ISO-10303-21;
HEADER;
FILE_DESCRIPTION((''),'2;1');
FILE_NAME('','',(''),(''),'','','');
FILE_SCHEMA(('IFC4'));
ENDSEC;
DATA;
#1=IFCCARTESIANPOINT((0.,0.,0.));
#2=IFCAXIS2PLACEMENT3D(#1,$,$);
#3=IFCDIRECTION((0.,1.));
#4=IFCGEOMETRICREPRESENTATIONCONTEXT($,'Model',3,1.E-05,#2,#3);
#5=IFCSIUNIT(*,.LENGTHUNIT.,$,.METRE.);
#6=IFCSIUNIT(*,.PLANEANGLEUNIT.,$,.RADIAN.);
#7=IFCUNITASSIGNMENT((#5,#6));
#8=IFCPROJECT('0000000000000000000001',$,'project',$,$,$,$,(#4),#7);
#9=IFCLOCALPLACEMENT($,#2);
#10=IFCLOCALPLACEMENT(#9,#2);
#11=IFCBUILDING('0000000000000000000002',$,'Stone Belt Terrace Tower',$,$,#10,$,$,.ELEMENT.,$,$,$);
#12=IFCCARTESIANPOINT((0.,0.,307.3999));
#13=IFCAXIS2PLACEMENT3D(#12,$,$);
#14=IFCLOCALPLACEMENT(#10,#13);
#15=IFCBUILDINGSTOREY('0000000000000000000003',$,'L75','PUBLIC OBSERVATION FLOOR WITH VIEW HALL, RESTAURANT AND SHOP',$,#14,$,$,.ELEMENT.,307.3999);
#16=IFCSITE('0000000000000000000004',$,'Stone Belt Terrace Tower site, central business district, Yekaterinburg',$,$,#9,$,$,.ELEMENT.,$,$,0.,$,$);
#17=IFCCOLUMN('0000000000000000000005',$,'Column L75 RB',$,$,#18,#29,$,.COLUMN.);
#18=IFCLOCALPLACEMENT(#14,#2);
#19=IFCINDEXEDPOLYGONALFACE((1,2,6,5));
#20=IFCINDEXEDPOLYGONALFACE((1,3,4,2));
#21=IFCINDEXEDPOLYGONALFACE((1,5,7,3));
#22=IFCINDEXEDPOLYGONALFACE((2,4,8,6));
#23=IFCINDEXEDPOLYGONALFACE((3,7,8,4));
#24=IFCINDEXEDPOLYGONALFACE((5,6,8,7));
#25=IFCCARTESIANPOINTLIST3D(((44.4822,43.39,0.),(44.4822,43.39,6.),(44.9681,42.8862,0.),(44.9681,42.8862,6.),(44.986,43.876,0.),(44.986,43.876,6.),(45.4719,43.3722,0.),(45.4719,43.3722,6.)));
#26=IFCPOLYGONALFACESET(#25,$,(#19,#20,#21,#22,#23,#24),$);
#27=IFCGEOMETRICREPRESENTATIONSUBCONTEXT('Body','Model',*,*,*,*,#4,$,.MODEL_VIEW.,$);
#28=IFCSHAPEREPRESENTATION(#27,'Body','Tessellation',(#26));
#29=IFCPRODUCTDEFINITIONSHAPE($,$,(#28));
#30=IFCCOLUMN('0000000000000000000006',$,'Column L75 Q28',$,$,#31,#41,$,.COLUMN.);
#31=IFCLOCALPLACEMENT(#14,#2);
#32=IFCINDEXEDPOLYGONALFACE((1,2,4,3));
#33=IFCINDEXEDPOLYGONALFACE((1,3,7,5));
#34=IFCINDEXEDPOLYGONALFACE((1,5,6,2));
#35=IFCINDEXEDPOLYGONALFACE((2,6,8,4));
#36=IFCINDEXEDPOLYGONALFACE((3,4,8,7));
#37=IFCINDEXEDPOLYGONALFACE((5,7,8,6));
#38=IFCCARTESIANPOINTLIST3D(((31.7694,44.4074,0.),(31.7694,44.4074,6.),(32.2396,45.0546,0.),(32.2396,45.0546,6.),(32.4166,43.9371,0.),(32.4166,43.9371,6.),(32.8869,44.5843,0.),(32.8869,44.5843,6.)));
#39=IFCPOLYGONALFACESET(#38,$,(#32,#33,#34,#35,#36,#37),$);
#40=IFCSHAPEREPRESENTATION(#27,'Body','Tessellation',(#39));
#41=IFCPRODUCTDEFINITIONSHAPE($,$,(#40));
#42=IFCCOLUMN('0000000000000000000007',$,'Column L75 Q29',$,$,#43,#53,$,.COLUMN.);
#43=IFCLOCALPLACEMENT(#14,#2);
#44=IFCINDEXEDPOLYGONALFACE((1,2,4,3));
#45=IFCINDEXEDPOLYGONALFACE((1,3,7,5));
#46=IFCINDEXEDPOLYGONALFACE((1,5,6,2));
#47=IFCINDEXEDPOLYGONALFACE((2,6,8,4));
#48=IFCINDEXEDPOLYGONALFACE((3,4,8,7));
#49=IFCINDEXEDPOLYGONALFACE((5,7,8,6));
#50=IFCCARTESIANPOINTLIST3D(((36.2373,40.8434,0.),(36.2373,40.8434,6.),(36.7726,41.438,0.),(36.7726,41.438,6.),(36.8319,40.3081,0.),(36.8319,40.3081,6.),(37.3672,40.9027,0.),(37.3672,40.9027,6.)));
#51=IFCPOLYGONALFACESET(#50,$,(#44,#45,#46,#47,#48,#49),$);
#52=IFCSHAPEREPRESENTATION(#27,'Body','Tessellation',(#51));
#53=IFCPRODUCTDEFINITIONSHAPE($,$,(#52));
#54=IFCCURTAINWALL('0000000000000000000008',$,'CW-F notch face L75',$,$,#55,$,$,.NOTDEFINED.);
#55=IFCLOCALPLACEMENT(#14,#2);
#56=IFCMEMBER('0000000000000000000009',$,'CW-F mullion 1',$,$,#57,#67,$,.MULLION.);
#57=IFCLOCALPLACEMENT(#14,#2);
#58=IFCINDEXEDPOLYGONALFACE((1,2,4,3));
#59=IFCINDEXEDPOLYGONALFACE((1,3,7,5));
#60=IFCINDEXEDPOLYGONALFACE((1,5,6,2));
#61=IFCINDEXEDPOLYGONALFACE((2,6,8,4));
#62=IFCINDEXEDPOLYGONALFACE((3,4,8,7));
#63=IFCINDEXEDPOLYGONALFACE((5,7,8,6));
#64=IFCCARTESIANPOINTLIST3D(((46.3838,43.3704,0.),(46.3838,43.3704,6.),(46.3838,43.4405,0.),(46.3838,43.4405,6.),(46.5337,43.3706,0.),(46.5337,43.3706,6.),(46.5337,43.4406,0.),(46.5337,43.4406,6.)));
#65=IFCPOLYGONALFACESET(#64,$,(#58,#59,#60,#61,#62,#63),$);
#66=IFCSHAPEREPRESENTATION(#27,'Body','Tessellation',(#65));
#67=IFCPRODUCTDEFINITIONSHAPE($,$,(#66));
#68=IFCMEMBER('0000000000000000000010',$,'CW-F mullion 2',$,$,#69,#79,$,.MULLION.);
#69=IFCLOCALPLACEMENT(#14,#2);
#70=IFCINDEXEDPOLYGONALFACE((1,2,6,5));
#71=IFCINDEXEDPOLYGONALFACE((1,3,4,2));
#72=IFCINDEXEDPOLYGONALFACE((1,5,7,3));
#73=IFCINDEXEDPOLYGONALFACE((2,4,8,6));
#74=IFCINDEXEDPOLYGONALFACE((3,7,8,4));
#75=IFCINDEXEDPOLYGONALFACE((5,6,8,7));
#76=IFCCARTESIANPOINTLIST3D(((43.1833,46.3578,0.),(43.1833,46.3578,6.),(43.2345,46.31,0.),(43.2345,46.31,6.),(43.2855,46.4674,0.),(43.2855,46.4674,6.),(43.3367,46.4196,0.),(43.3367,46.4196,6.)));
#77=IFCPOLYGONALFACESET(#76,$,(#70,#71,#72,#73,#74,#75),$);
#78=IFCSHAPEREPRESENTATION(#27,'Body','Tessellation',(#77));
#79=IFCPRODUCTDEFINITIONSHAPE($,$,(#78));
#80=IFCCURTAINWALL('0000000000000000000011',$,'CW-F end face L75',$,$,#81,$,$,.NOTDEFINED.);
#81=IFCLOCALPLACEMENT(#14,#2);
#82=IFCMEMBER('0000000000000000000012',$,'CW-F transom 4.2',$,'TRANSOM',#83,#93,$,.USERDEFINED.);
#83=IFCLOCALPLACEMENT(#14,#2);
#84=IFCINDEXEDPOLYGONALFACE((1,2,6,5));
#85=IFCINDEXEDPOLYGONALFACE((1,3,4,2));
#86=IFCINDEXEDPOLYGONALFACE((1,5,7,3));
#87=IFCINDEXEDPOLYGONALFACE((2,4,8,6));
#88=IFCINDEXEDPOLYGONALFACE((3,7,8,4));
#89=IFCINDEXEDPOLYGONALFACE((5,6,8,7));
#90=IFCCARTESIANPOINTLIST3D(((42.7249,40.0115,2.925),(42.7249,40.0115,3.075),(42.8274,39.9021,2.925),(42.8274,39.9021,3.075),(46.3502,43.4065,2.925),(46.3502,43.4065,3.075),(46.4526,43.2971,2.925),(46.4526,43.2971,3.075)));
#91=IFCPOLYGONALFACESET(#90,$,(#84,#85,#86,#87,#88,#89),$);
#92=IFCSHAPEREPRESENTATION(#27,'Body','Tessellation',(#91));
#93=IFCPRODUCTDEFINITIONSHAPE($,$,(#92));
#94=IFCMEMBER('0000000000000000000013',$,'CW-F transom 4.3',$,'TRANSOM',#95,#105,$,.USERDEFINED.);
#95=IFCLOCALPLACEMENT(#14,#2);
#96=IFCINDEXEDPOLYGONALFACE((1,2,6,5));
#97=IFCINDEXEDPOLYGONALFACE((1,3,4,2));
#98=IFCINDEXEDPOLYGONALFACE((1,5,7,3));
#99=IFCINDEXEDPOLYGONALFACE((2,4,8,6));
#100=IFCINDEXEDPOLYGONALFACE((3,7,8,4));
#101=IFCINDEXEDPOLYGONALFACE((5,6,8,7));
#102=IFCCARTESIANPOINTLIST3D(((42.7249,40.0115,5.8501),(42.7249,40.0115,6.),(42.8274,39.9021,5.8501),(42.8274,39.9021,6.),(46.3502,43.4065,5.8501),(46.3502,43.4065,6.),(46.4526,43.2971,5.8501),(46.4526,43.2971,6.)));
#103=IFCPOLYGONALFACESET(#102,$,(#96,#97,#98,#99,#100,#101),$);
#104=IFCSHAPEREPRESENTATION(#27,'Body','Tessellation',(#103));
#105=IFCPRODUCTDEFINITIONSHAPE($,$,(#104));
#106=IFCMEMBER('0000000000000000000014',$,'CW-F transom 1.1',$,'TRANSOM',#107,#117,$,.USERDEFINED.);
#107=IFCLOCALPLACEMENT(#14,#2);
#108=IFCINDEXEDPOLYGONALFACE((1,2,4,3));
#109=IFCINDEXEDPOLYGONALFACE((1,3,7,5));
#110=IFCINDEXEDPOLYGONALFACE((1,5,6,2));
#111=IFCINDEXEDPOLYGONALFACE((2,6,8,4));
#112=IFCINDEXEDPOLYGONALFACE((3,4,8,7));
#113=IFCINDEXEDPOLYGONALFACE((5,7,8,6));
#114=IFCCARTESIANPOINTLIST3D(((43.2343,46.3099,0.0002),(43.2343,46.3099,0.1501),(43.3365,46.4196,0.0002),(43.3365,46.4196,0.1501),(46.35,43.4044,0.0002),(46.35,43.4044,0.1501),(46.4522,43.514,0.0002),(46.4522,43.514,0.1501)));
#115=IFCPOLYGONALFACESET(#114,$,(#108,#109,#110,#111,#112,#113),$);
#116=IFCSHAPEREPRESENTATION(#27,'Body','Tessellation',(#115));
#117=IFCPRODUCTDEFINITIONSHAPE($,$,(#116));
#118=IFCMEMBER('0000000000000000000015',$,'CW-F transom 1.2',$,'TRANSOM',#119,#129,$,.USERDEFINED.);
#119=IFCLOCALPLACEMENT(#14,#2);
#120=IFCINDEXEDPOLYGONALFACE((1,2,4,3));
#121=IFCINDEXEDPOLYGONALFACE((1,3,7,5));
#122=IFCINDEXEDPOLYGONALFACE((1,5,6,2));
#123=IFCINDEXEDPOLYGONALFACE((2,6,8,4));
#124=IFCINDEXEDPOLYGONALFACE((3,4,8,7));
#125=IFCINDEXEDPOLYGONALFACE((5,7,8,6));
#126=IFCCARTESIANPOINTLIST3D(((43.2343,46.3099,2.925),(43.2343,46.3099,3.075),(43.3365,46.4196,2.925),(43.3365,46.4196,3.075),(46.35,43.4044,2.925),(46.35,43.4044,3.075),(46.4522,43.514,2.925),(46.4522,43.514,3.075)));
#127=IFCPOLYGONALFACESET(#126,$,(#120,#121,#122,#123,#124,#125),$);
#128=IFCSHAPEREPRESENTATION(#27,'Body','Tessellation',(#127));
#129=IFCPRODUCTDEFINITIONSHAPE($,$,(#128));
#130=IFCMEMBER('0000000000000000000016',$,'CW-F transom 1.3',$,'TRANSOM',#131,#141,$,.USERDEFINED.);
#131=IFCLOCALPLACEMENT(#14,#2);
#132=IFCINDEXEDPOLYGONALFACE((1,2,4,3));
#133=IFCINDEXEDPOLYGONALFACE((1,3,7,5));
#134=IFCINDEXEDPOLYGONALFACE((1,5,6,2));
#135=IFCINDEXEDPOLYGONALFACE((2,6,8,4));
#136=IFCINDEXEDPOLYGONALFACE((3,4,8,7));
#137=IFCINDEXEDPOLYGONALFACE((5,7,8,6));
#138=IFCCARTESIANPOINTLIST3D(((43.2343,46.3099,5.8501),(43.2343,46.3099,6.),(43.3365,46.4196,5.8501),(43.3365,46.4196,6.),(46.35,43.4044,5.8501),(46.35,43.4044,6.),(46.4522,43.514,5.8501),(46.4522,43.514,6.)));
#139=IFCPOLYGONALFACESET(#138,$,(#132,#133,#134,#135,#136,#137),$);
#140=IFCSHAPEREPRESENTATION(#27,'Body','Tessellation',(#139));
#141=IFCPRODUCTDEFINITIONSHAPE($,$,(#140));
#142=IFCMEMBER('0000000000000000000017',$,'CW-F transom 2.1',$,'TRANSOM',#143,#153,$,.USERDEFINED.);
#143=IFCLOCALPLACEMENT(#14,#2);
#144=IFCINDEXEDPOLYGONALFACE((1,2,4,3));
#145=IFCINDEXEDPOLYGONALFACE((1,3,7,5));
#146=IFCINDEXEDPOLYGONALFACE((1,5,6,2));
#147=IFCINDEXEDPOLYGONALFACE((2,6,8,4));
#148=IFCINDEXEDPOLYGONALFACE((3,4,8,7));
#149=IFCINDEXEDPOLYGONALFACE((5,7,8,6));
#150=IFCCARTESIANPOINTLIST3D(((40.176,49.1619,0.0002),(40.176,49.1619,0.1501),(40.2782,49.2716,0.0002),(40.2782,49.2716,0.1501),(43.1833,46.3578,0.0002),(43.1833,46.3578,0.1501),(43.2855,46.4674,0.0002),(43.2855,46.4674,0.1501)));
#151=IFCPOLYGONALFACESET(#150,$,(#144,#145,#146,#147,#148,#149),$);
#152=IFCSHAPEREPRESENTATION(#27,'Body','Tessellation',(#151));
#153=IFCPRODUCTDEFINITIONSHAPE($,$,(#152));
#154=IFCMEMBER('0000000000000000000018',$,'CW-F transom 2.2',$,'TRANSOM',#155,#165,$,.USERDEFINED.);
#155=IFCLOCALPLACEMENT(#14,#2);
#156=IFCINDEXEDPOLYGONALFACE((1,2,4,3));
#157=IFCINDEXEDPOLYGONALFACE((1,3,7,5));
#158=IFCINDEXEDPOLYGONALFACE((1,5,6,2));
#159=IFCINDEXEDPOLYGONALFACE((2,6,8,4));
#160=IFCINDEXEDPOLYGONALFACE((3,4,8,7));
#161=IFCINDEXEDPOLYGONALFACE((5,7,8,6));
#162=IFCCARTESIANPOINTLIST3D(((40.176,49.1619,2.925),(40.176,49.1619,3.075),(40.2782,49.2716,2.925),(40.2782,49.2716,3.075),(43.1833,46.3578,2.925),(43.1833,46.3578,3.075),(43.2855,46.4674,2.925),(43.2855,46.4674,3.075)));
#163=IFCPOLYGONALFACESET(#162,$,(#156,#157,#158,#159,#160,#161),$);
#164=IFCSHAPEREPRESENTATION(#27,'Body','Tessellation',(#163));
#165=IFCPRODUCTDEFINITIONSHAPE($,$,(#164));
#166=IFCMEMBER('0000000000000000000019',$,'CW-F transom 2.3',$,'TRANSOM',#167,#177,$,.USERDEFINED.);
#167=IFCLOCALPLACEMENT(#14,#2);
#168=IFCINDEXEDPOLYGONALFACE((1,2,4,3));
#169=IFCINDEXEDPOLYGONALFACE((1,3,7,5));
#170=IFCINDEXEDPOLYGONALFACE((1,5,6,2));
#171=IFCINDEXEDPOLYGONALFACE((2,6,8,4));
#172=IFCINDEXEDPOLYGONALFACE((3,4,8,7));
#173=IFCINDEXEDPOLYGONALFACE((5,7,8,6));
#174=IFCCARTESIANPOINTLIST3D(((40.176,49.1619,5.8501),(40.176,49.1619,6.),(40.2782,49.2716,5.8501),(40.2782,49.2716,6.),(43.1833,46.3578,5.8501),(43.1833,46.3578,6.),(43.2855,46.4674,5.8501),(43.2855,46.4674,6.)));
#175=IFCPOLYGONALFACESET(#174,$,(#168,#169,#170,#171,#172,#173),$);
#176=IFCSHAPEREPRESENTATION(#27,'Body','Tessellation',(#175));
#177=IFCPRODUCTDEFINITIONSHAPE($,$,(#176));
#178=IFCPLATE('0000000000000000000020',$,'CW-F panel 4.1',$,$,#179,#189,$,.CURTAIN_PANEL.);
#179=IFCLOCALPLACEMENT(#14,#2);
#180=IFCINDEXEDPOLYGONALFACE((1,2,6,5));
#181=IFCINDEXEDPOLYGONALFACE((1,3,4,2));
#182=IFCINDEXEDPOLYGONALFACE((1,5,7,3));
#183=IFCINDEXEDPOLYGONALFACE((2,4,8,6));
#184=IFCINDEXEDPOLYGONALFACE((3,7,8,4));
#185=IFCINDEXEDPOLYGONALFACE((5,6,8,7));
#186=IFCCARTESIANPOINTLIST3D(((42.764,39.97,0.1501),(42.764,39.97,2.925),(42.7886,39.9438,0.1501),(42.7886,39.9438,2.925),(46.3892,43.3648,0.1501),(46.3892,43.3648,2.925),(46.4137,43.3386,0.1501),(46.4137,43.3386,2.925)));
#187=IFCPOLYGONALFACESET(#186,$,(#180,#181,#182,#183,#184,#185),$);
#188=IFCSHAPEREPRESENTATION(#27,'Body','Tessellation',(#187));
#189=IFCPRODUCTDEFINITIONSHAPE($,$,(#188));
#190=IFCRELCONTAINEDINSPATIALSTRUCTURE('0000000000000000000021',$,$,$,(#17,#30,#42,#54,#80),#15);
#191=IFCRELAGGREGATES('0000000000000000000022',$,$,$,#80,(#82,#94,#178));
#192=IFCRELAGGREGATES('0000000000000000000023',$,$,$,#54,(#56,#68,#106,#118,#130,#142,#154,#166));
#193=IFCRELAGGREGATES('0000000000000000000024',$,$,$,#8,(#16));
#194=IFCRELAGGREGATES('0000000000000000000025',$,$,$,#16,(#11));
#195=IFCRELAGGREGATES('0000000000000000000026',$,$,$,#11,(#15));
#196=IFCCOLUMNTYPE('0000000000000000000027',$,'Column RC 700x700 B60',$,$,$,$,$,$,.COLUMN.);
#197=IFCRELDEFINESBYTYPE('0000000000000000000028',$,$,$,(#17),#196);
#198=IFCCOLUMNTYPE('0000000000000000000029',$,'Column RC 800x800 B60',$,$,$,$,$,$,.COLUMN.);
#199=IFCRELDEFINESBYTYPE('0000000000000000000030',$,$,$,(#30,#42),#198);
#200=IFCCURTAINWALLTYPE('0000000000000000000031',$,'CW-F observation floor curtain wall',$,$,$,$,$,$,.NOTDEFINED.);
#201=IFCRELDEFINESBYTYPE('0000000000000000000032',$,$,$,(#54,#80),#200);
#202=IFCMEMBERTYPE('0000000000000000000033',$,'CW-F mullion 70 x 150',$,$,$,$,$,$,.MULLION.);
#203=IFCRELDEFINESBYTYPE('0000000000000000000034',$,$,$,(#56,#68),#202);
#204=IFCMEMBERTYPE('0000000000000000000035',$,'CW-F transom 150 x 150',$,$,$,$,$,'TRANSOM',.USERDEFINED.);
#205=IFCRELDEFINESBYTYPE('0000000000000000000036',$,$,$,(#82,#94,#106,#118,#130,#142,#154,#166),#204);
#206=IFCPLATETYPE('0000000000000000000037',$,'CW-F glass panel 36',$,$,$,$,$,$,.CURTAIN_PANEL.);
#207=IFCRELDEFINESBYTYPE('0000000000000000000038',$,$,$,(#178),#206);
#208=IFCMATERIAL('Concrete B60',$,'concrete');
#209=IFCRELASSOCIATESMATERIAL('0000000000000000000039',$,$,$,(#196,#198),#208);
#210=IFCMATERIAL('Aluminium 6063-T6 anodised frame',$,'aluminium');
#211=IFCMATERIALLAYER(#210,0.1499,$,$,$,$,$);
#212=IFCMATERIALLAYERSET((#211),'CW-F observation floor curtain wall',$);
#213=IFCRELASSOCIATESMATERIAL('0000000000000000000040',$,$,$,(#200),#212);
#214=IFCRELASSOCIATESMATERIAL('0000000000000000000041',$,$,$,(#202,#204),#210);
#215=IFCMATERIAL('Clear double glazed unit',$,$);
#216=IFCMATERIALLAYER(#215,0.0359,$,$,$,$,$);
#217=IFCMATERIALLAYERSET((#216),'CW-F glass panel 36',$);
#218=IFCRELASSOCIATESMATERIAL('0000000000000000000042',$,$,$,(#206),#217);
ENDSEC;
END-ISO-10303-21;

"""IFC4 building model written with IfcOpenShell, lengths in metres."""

from ifc_helpers import new_model, si_unit, direction, frame, origin, origin_2d, place, context, subcontext, project, spatial, rectangle, extrude, material, layer, layer_set, material_profile, profile_set, type_object, element, aggregate, save


model = new_model("IFC4")

# Units and contexts
model_context = context("Model", 3, precision=1e-05, world=origin(), true_north=direction((0.0, 1.0)))
body_context = subcontext(model_context, "Body", "Model", "MODEL_VIEW")
ifc_project = project(units=[si_unit("LENGTHUNIT", "METRE"), si_unit("PLANEANGLEUNIT", "RADIAN")], contexts=[model_context])

# Site, building, storey
site_placement = place(None, origin())
site = spatial("IfcSite", under=ifc_project, at=site_placement, Name="Stone Belt Terrace Tower site, central business district, Yekaterinburg", CompositionType="ELEMENT", RefElevation=0.0)
building_placement = place(site_placement, origin())
building = spatial("IfcBuilding", under=site, at=building_placement, Name="Stone Belt Terrace Tower", CompositionType="ELEMENT")
storey_placement = place(building_placement, frame((0.0, 0.0, 307.3999)))
storey = spatial("IfcBuildingStorey", under=building, at=storey_placement, Name="L75", Description="PUBLIC OBSERVATION FLOOR WITH VIEW HALL, RESTAURANT AND SHOP", CompositionType="ELEMENT", Elevation=307.3999)

# Columns
ifc_material_1 = material(Name="Concrete B60", Category="concrete")
ifc_material_profile_1 = material_profile(ifc_material_1, rectangle(XDim=0.7, YDim=0.7, at=origin_2d()), Name="RC 700x700")
ifc_profile_set_1 = profile_set([ifc_material_profile_1], Name="Concrete B60")
column_type_1 = type_object("IfcColumnType", Name="Column RC 700x700 B60", PredefinedType="COLUMN", material=ifc_profile_set_1)
column_placement = place(storey_placement, frame((44.9771, 43.3811, 0.0), z_axis=(0.0, 0.0, 1.0), x_axis=(0.694221, -0.719762, 0.0)))
element("IfcColumn", 1, at=column_placement, inside=storey, type_object=column_type_1, Name="Column L75 RB", PredefinedType="COLUMN", context=body_context, shape_type="SweptSolid", body=[
    extrude(rectangle(XDim=0.7, YDim=0.7, at=origin_2d()), origin(), (0.0, 0.0, 1.0), 6.0),
])
ifc_material_profile_2 = material_profile(ifc_material_1, rectangle(XDim=0.8, YDim=0.8, at=origin_2d()), Name="RC 800x800")
ifc_profile_set_2 = profile_set([ifc_material_profile_2], Name="Concrete B60")
column_type_2 = type_object("IfcColumnType", Name="Column RC 800x800 B60", PredefinedType="COLUMN", material=ifc_profile_set_2)
for number, where, z_axis, x_axis, name in (
    (2, (32.3281, 44.4958, 0.0), (0.0, 0.0, 1.0), (0.809017, -0.587785, 0.0), "Column L75 Q28"),
    (3, (36.8022, 40.873, 0.0), (0.0, 0.0, 1.0), (0.743145, -0.669131, 0.0), "Column L75 Q29"),
):
    element("IfcColumn", number, at=place(storey_placement, frame(where, z_axis=z_axis, x_axis=x_axis)), inside=storey, type_object=column_type_2, Name=name, PredefinedType="COLUMN", context=body_context, shape_type="SweptSolid", body=[
        extrude(rectangle(XDim=0.8, YDim=0.8, at=origin_2d()), origin(), (0.0, 0.0, 1.0), 6.0),
    ])

# Curtain walls, members
ifc_material_2 = material(Name="Aluminium 6063-T6 anodised frame", Category="aluminium")
ifc_layer_1 = layer(ifc_material_2, 0.1499)
ifc_layer_set_1 = layer_set([ifc_layer_1], Name="CW-F observation floor curtain wall")
curtain_wall_type = type_object("IfcCurtainWallType", Name="CW-F observation floor curtain wall", PredefinedType="NOTDEFINED", material=ifc_layer_set_1)
curtain_wall_1_placement = place(storey_placement, origin())
curtain_wall_1 = element("IfcCurtainWall", 4, at=curtain_wall_1_placement, inside=storey, type_object=curtain_wall_type, Name="CW-F notch face L75", PredefinedType="NOTDEFINED")
ifc_material_profile_3 = material_profile(ifc_material_2, rectangle(XDim=0.1499, YDim=0.0701, at=origin_2d()), Name="Aluminium 6063-T6 70x150")
ifc_profile_set_3 = profile_set([ifc_material_profile_3], Name="Aluminium 6063-T6 anodised frame")
member_type_1 = type_object("IfcMemberType", Name="CW-F mullion 70 x 150", PredefinedType="MULLION", material=ifc_profile_set_3)
member_1_placement = place(storey_placement, frame((46.4587, 43.4055, 0.0), z_axis=(0.0, 0.0, 1.0), x_axis=(-0.999999, -0.001051, 0.0)))
member_1 = element("IfcMember", 5, at=member_1_placement, type_object=member_type_1, Name="CW-F mullion 1", PredefinedType="MULLION", context=body_context, shape_type="SweptSolid", body=[
    extrude(rectangle(XDim=0.1499, YDim=0.0701, at=origin_2d()), origin(), (0.0, 0.0, 1.0), 6.0),
])
member_2_placement = place(storey_placement, frame((43.26, 46.3887, 0.0), z_axis=(0.0, 0.0, 1.0), x_axis=(-0.682014, -0.731339, 0.0)))
member_2 = element("IfcMember", 6, at=member_2_placement, type_object=member_type_1, Name="CW-F mullion 2", PredefinedType="MULLION", context=body_context, shape_type="SweptSolid", body=[
    extrude(rectangle(XDim=0.1499, YDim=0.0701, at=origin_2d()), origin(), (0.0, 0.0, 1.0), 6.0),
])
curtain_wall_2_placement = place(storey_placement, origin())
curtain_wall_2 = element("IfcCurtainWall", 7, at=curtain_wall_2_placement, inside=storey, type_object=curtain_wall_type, Name="CW-F end face L75", PredefinedType="NOTDEFINED")
ifc_material_profile_4 = material_profile(ifc_material_2, rectangle(XDim=0.1499, YDim=0.1499, at=origin_2d()), Name="Aluminium 6063-T6 150x150")
ifc_profile_set_4 = profile_set([ifc_material_profile_4], Name="Aluminium 6063-T6 anodised frame")
member_type_2 = type_object("IfcMemberType", Name="CW-F transom 150 x 150", ElementType="TRANSOM", PredefinedType="USERDEFINED", material=ifc_profile_set_4)
member_3_placement = place(storey_placement, frame((42.7761, 39.9568, 3.0), z_axis=(0.729903, 0.68355, 0.0), x_axis=(-0.68355, 0.729903, 0.0)))
member_3 = element("IfcMember", 8, at=member_3_placement, type_object=member_type_2, Name="CW-F transom 4.2", ObjectType="TRANSOM", PredefinedType="USERDEFINED", context=body_context, shape_type="SweptSolid", body=[
    extrude(rectangle(XDim=0.1499, YDim=0.1499, at=origin_2d()), origin(), (0.0, 0.0, 1.0), 4.9668),
])
member_4_placement = place(storey_placement, frame((42.7761, 39.9568, 5.925), z_axis=(0.729903, 0.68355, 0.0), x_axis=(-0.68355, 0.729903, 0.0)))
member_4 = element("IfcMember", 9, at=member_4_placement, type_object=member_type_2, Name="CW-F transom 4.3", ObjectType="TRANSOM", PredefinedType="USERDEFINED", context=body_context, shape_type="SweptSolid", body=[
    extrude(rectangle(XDim=0.1499, YDim=0.1499, at=origin_2d()), origin(), (0.0, 0.0, 1.0), 4.9668),
])

# Members
member_5_placement = place(storey_placement, frame((46.4011, 43.4592, 0.0752), z_axis=(-0.731347, 0.682006, 0.0), x_axis=(-0.682006, -0.731347, 0.0)))
member_5 = element("IfcMember", 10, at=member_5_placement, type_object=member_type_2, Name="CW-F transom 1.1", ObjectType="TRANSOM", PredefinedType="USERDEFINED", context=body_context, shape_type="SweptSolid", body=[
    extrude(rectangle(XDim=0.1499, YDim=0.1499, at=origin_2d()), origin(), (0.0, 0.0, 1.0), 4.2603),
])
member_6_placement = place(storey_placement, frame((46.4011, 43.4592, 3.0), z_axis=(-0.731347, 0.682006, 0.0), x_axis=(-0.682006, -0.731347, 0.0)))
member_6 = element("IfcMember", 11, at=member_6_placement, type_object=member_type_2, Name="CW-F transom 1.2", ObjectType="TRANSOM", PredefinedType="USERDEFINED", context=body_context, shape_type="SweptSolid", body=[
    extrude(rectangle(XDim=0.1499, YDim=0.1499, at=origin_2d()), origin(), (0.0, 0.0, 1.0), 4.2603),
])
member_7_placement = place(storey_placement, frame((46.4011, 43.4592, 5.925), z_axis=(-0.731347, 0.682006, 0.0), x_axis=(-0.682006, -0.731347, 0.0)))
member_7 = element("IfcMember", 12, at=member_7_placement, type_object=member_type_2, Name="CW-F transom 1.3", ObjectType="TRANSOM", PredefinedType="USERDEFINED", context=body_context, shape_type="SweptSolid", body=[
    extrude(rectangle(XDim=0.1499, YDim=0.1499, at=origin_2d()), origin(), (0.0, 0.0, 1.0), 4.2603),
])
member_8_placement = place(storey_placement, frame((43.2344, 46.4126, 0.0752), z_axis=(-0.731375, 0.681975, 0.0), x_axis=(-0.681975, -0.731375, 0.0)))
member_8 = element("IfcMember", 13, at=member_8_placement, type_object=member_type_2, Name="CW-F transom 2.1", ObjectType="TRANSOM", PredefinedType="USERDEFINED", context=body_context, shape_type="SweptSolid", body=[
    extrude(rectangle(XDim=0.1499, YDim=0.1499, at=origin_2d()), origin(), (0.0, 0.0, 1.0), 4.1118),
])
member_9_placement = place(storey_placement, frame((43.2344, 46.4126, 3.0), z_axis=(-0.731375, 0.681975, 0.0), x_axis=(-0.681975, -0.731375, 0.0)))
member_9 = element("IfcMember", 14, at=member_9_placement, type_object=member_type_2, Name="CW-F transom 2.2", ObjectType="TRANSOM", PredefinedType="USERDEFINED", context=body_context, shape_type="SweptSolid", body=[
    extrude(rectangle(XDim=0.1499, YDim=0.1499, at=origin_2d()), origin(), (0.0, 0.0, 1.0), 4.1118),
])
member_10_placement = place(storey_placement, frame((43.2344, 46.4126, 5.925), z_axis=(-0.731375, 0.681975, 0.0), x_axis=(-0.681975, -0.731375, 0.0)))
member_10 = element("IfcMember", 15, at=member_10_placement, type_object=member_type_2, Name="CW-F transom 2.3", ObjectType="TRANSOM", PredefinedType="USERDEFINED", context=body_context, shape_type="SweptSolid", body=[
    extrude(rectangle(XDim=0.1499, YDim=0.1499, at=origin_2d()), origin(), (0.0, 0.0, 1.0), 4.1118),
])

# Plate
ifc_material_3 = material(Name="Clear double glazed unit")
ifc_layer_2 = layer(ifc_material_3, 0.0359)
ifc_layer_set_2 = layer_set([ifc_layer_2], Name="CW-F glass panel 36")
plate_type = type_object("IfcPlateType", Name="CW-F glass panel 36", PredefinedType="CURTAIN_PANEL", material=ifc_layer_set_2)
plate_1_placement = place(storey_placement, frame((44.5889, 41.6543, 0.1501), z_axis=(0.0, 0.0, 1.0), x_axis=(0.729904, 0.683549, 0.0)))
plate_1 = element("IfcPlate", 16, at=plate_1_placement, type_object=plate_type, Name="CW-F panel 4.1", PredefinedType="CURTAIN_PANEL", context=body_context, shape_type="SweptSolid", body=[
    extrude(rectangle(XDim=4.9666, YDim=0.0359, at=origin_2d()), origin(), (0.0, 0.0, 1.0), 2.7749),
])
aggregate(curtain_wall_2, [member_3, member_4, plate_1])
aggregate(curtain_wall_1, [member_1, member_2, member_5, member_6, member_7, member_8, member_9, member_10])

save(model, "model.ifc")
